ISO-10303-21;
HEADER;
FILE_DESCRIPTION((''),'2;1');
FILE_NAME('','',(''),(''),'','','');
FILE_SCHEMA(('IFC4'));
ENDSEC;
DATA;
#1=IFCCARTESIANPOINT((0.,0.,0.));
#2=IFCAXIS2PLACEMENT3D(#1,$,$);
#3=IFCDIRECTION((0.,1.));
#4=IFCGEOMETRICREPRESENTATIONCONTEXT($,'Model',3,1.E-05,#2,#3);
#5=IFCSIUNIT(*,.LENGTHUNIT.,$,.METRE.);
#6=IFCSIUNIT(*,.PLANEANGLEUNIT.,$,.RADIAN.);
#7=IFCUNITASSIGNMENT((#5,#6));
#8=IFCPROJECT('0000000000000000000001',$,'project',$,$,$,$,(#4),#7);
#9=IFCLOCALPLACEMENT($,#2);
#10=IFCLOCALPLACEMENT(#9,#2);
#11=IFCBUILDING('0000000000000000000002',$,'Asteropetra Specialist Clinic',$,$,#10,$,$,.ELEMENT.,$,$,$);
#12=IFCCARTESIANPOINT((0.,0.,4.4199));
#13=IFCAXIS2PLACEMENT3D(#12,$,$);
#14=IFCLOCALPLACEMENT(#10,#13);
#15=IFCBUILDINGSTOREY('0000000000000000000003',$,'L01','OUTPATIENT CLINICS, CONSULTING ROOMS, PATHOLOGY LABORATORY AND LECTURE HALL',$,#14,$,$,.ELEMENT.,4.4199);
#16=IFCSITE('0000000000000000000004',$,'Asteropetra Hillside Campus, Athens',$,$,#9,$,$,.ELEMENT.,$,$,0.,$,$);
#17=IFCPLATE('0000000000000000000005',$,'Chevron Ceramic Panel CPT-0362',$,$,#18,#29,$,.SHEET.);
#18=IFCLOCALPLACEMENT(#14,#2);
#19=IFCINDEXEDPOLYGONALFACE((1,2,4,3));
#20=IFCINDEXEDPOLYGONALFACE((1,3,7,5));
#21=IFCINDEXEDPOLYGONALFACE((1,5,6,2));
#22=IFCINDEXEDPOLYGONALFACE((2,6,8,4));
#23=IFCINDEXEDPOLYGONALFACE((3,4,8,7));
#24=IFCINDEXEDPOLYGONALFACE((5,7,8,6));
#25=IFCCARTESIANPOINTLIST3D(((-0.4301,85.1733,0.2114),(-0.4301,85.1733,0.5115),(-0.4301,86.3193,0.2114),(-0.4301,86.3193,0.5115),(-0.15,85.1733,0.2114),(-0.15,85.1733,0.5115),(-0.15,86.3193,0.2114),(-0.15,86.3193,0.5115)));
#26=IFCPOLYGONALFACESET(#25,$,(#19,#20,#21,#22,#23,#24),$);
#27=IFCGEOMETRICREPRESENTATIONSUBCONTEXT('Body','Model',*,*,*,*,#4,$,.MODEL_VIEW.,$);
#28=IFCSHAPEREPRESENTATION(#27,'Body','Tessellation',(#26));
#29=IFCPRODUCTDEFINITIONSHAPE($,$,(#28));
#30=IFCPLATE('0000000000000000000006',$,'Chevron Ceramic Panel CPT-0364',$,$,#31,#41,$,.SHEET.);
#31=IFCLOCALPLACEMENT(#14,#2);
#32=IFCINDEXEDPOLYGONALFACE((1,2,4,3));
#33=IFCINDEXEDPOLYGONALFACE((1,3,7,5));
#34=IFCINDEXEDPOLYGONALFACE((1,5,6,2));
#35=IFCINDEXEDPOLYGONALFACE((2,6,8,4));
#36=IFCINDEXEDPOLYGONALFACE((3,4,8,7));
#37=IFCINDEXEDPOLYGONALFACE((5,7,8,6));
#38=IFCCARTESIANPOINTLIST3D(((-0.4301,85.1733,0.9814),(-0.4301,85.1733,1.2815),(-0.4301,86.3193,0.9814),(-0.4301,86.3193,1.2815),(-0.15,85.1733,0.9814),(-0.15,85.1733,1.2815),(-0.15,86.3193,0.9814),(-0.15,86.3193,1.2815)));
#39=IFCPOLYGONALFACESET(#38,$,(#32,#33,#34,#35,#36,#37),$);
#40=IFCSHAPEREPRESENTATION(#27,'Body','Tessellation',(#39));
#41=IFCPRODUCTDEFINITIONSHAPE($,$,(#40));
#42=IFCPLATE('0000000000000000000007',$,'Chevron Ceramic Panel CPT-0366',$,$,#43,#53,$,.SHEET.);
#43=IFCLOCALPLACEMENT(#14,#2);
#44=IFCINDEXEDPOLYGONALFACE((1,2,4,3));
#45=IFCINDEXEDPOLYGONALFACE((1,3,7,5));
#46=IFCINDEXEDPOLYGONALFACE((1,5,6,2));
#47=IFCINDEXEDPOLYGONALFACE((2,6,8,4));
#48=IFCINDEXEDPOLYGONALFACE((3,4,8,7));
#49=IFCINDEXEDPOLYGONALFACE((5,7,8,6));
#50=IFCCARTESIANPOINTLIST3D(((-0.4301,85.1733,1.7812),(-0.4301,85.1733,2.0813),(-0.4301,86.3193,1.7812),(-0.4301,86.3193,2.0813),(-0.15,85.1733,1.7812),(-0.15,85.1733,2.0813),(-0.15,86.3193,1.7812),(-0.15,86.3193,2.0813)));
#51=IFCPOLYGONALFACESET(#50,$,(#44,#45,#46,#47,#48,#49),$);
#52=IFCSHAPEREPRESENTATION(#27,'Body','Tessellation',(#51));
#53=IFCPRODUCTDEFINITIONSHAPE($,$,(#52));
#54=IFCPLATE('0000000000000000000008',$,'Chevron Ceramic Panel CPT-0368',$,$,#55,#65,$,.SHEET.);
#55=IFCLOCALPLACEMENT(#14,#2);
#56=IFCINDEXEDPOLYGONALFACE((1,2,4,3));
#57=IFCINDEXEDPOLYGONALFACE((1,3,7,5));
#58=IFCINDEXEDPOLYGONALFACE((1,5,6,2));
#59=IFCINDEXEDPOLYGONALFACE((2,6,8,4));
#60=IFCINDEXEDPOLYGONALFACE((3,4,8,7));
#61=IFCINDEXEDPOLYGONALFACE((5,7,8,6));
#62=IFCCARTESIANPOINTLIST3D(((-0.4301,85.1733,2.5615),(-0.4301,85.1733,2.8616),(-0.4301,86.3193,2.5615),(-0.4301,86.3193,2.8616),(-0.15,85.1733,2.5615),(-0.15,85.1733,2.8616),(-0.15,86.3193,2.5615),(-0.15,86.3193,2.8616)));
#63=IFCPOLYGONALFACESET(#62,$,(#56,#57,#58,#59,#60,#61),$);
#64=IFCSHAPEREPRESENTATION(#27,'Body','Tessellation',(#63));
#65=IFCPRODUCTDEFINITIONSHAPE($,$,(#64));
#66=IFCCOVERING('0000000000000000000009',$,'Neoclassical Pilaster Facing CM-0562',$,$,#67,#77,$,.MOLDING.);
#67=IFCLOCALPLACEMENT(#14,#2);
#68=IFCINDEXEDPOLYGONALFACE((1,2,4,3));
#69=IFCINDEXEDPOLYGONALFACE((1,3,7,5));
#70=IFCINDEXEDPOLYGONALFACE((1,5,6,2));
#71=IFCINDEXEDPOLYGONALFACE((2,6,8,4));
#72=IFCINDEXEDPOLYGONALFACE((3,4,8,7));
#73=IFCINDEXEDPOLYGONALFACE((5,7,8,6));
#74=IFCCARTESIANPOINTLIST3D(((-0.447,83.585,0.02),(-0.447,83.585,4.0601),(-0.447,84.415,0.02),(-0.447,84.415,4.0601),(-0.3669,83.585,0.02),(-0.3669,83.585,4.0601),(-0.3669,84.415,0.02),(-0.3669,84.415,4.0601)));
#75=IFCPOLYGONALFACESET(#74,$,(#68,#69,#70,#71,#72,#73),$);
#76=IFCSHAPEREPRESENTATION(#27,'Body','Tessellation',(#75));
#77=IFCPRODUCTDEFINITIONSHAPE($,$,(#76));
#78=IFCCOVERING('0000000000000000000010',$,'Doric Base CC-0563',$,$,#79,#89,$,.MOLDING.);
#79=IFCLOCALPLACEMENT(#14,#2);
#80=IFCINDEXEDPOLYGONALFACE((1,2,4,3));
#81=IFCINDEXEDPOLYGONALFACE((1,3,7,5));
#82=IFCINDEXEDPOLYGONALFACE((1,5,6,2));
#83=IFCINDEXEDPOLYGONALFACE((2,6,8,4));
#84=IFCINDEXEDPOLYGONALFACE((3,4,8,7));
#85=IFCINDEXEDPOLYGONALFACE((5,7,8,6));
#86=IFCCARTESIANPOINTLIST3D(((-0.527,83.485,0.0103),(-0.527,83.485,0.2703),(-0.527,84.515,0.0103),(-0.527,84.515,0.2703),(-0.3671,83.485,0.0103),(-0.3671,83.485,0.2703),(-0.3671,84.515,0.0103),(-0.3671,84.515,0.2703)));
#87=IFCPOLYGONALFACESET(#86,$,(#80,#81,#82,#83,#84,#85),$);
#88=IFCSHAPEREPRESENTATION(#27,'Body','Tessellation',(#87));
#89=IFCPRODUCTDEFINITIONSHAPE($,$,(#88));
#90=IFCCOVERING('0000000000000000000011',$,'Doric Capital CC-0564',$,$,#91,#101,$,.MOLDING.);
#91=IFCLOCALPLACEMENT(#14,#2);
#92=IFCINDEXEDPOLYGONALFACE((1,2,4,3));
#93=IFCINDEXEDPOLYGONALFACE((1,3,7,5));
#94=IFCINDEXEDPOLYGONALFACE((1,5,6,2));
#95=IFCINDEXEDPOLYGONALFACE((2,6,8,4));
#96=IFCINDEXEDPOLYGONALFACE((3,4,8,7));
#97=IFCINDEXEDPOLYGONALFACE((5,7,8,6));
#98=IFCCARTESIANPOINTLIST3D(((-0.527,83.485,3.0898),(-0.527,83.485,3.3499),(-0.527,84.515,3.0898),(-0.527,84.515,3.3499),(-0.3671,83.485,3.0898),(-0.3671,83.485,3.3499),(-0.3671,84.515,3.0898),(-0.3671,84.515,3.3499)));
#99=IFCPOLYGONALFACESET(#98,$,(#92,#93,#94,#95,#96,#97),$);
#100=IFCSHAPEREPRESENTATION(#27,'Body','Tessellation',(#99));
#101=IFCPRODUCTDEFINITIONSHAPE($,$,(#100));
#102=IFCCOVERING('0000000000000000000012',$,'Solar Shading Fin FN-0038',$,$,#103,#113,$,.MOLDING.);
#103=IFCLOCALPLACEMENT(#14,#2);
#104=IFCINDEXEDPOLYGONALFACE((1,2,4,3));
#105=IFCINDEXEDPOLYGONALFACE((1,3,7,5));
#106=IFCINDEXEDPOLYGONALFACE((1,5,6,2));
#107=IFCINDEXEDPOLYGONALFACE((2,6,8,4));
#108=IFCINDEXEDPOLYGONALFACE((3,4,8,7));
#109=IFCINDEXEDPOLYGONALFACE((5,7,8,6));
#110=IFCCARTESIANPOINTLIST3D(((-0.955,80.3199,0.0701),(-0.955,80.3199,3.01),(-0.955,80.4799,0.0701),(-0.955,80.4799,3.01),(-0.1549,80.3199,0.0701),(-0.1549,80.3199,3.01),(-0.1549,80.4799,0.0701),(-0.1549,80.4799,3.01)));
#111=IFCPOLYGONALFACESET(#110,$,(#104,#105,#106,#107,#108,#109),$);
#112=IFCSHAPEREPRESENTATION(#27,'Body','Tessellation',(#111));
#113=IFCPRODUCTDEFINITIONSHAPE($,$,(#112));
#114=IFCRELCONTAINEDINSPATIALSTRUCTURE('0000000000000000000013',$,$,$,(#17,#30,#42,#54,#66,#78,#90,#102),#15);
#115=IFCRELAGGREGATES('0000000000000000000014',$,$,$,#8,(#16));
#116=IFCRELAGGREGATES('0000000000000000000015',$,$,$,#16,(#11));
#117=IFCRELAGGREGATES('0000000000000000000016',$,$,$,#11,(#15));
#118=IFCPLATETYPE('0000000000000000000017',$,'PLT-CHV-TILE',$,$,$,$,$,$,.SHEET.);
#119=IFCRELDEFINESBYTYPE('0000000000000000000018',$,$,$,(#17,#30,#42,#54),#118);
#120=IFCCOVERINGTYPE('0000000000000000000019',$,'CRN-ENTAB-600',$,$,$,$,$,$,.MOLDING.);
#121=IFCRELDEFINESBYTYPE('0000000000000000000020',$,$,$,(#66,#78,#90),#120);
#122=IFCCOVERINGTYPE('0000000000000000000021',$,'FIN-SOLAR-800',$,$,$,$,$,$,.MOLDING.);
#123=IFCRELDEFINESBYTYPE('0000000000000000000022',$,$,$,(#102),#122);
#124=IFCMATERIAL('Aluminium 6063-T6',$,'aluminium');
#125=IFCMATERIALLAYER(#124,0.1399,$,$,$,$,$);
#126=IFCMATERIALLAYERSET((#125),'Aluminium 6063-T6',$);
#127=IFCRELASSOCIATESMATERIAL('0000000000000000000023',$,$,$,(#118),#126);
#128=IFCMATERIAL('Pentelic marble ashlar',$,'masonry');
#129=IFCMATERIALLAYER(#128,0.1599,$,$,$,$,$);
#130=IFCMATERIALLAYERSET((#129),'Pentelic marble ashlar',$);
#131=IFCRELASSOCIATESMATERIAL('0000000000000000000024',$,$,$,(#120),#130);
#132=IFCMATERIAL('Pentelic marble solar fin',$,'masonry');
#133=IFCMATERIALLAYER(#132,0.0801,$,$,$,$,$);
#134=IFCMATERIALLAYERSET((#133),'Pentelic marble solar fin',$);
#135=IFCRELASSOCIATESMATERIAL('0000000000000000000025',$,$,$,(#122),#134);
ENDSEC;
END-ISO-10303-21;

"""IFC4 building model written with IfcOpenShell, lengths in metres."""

from ifc_helpers import new_model, si_unit, direction, frame, origin, origin_2d, place, context, subcontext, project, spatial, rectangle, extrude, material, layer, layer_set, type_object, element, save


model = new_model("IFC4")

# Units and contexts
model_context = context("Model", 3, precision=1e-05, world=origin(), true_north=direction((0.0, 1.0)))
body_context = subcontext(model_context, "Body", "Model", "MODEL_VIEW")
ifc_project = project(units=[si_unit("LENGTHUNIT", "METRE"), si_unit("PLANEANGLEUNIT", "RADIAN")], contexts=[model_context])

# Site, building, storey
site_placement = place(None, origin())
site = spatial("IfcSite", under=ifc_project, at=site_placement, Name="Asteropetra Hillside Campus, Athens", CompositionType="ELEMENT", RefElevation=0.0)
building_placement = place(site_placement, origin())
building = spatial("IfcBuilding", under=site, at=building_placement, Name="Asteropetra Specialist Clinic", CompositionType="ELEMENT")
storey_placement = place(building_placement, frame((0.0, 0.0, 4.4199)))
storey = spatial("IfcBuildingStorey", under=building, at=storey_placement, Name="L01", Description="OUTPATIENT CLINICS, CONSULTING ROOMS, PATHOLOGY LABORATORY AND LECTURE HALL", CompositionType="ELEMENT", Elevation=4.4199)

# Plates
ifc_material_1 = material(Name="Aluminium 6063-T6", Category="aluminium")
ifc_layer_1 = layer(ifc_material_1, 0.1399)
ifc_layer_set_1 = layer_set([ifc_layer_1], Name="Aluminium 6063-T6")
plate_type_1 = type_object("IfcPlateType", Name="PLT-CHV-TILE", PredefinedType="SHEET", material=ifc_layer_set_1)
for number, where, z_axis, x_axis, name in (
    (1, (-0.29, 85.7463, 0.2114), (0.0, 0.0, 1.0), (1.0, 0.0, 0.0), "Chevron Ceramic Panel CPT-0362"),
    (2, (-0.29, 85.7463, 0.9814), (0.0, 0.0, 1.0), (1.0, 0.0, 0.0), "Chevron Ceramic Panel CPT-0364"),
    (3, (-0.29, 85.7463, 1.7812), (0.0, 0.0, 1.0), (1.0, 0.0, 0.0), "Chevron Ceramic Panel CPT-0366"),
    (4, (-0.29, 85.7463, 2.5615), (0.0, 0.0, 1.0), (1.0, 0.0, 0.0), "Chevron Ceramic Panel CPT-0368"),
):
    element("IfcPlate", number, at=place(storey_placement, frame(where, z_axis=z_axis, x_axis=x_axis)), inside=storey, type_object=plate_type_1, Name=name, PredefinedType="SHEET", context=body_context, shape_type="SweptSolid", body=[
        extrude(rectangle(XDim=0.28, YDim=1.146, at=origin_2d()), origin(), (0.0, 0.0, 1.0), 0.3),
    ])

# Coverings
ifc_material_2 = material(Name="Pentelic marble ashlar", Category="masonry")
ifc_layer_2 = layer(ifc_material_2, 0.1599)
ifc_layer_set_2 = layer_set([ifc_layer_2], Name="Pentelic marble ashlar")
covering_type_1 = type_object("IfcCoveringType", Name="CRN-ENTAB-600", PredefinedType="MOLDING", material=ifc_layer_set_2)
covering_1_placement = place(storey_placement, frame((-0.407, 84.0, 0.02), z_axis=(0.0, 0.0, 1.0), x_axis=(1.0, 0.0, 0.0)))
element("IfcCovering", 5, at=covering_1_placement, inside=storey, type_object=covering_type_1, Name="Neoclassical Pilaster Facing CM-0562", PredefinedType="MOLDING", context=body_context, shape_type="SweptSolid", body=[
    extrude(rectangle(XDim=0.0801, YDim=0.8301, at=origin_2d()), origin(), (0.0, 0.0, 1.0), 4.04),
])
for number, where, z_axis, x_axis, name in (
    (6, (-0.447, 84.0, 0.0103), (0.0, 0.0, 1.0), (1.0, 0.0, 0.0), "Doric Base CC-0563"),
    (7, (-0.447, 84.0, 3.0898), (0.0, 0.0, 1.0), (1.0, 0.0, 0.0), "Doric Capital CC-0564"),
):
    element("IfcCovering", number, at=place(storey_placement, frame(where, z_axis=z_axis, x_axis=x_axis)), inside=storey, type_object=covering_type_1, Name=name, PredefinedType="MOLDING", context=body_context, shape_type="SweptSolid", body=[
        extrude(rectangle(XDim=0.1599, YDim=1.03, at=origin_2d()), origin(), (0.0, 0.0, 1.0), 0.26),
    ])
ifc_material_3 = material(Name="Pentelic marble solar fin", Category="masonry")
ifc_layer_3 = layer(ifc_material_3, 0.0801)
ifc_layer_set_3 = layer_set([ifc_layer_3], Name="Pentelic marble solar fin")
covering_type_2 = type_object("IfcCoveringType", Name="FIN-SOLAR-800", PredefinedType="MOLDING", material=ifc_layer_set_3)
covering_2_placement = place(storey_placement, frame((-0.5549, 80.3999, 0.0701), z_axis=(0.0, 0.0, 1.0), x_axis=(1.0, 0.0, 0.0)))
element("IfcCovering", 8, at=covering_2_placement, inside=storey, type_object=covering_type_2, Name="Solar Shading Fin FN-0038", PredefinedType="MOLDING", context=body_context, shape_type="SweptSolid", body=[
    extrude(rectangle(XDim=0.8, YDim=0.1599, at=origin_2d()), origin(), (0.0, 0.0, 1.0), 2.9399),
])

save(model, "model.ifc")
